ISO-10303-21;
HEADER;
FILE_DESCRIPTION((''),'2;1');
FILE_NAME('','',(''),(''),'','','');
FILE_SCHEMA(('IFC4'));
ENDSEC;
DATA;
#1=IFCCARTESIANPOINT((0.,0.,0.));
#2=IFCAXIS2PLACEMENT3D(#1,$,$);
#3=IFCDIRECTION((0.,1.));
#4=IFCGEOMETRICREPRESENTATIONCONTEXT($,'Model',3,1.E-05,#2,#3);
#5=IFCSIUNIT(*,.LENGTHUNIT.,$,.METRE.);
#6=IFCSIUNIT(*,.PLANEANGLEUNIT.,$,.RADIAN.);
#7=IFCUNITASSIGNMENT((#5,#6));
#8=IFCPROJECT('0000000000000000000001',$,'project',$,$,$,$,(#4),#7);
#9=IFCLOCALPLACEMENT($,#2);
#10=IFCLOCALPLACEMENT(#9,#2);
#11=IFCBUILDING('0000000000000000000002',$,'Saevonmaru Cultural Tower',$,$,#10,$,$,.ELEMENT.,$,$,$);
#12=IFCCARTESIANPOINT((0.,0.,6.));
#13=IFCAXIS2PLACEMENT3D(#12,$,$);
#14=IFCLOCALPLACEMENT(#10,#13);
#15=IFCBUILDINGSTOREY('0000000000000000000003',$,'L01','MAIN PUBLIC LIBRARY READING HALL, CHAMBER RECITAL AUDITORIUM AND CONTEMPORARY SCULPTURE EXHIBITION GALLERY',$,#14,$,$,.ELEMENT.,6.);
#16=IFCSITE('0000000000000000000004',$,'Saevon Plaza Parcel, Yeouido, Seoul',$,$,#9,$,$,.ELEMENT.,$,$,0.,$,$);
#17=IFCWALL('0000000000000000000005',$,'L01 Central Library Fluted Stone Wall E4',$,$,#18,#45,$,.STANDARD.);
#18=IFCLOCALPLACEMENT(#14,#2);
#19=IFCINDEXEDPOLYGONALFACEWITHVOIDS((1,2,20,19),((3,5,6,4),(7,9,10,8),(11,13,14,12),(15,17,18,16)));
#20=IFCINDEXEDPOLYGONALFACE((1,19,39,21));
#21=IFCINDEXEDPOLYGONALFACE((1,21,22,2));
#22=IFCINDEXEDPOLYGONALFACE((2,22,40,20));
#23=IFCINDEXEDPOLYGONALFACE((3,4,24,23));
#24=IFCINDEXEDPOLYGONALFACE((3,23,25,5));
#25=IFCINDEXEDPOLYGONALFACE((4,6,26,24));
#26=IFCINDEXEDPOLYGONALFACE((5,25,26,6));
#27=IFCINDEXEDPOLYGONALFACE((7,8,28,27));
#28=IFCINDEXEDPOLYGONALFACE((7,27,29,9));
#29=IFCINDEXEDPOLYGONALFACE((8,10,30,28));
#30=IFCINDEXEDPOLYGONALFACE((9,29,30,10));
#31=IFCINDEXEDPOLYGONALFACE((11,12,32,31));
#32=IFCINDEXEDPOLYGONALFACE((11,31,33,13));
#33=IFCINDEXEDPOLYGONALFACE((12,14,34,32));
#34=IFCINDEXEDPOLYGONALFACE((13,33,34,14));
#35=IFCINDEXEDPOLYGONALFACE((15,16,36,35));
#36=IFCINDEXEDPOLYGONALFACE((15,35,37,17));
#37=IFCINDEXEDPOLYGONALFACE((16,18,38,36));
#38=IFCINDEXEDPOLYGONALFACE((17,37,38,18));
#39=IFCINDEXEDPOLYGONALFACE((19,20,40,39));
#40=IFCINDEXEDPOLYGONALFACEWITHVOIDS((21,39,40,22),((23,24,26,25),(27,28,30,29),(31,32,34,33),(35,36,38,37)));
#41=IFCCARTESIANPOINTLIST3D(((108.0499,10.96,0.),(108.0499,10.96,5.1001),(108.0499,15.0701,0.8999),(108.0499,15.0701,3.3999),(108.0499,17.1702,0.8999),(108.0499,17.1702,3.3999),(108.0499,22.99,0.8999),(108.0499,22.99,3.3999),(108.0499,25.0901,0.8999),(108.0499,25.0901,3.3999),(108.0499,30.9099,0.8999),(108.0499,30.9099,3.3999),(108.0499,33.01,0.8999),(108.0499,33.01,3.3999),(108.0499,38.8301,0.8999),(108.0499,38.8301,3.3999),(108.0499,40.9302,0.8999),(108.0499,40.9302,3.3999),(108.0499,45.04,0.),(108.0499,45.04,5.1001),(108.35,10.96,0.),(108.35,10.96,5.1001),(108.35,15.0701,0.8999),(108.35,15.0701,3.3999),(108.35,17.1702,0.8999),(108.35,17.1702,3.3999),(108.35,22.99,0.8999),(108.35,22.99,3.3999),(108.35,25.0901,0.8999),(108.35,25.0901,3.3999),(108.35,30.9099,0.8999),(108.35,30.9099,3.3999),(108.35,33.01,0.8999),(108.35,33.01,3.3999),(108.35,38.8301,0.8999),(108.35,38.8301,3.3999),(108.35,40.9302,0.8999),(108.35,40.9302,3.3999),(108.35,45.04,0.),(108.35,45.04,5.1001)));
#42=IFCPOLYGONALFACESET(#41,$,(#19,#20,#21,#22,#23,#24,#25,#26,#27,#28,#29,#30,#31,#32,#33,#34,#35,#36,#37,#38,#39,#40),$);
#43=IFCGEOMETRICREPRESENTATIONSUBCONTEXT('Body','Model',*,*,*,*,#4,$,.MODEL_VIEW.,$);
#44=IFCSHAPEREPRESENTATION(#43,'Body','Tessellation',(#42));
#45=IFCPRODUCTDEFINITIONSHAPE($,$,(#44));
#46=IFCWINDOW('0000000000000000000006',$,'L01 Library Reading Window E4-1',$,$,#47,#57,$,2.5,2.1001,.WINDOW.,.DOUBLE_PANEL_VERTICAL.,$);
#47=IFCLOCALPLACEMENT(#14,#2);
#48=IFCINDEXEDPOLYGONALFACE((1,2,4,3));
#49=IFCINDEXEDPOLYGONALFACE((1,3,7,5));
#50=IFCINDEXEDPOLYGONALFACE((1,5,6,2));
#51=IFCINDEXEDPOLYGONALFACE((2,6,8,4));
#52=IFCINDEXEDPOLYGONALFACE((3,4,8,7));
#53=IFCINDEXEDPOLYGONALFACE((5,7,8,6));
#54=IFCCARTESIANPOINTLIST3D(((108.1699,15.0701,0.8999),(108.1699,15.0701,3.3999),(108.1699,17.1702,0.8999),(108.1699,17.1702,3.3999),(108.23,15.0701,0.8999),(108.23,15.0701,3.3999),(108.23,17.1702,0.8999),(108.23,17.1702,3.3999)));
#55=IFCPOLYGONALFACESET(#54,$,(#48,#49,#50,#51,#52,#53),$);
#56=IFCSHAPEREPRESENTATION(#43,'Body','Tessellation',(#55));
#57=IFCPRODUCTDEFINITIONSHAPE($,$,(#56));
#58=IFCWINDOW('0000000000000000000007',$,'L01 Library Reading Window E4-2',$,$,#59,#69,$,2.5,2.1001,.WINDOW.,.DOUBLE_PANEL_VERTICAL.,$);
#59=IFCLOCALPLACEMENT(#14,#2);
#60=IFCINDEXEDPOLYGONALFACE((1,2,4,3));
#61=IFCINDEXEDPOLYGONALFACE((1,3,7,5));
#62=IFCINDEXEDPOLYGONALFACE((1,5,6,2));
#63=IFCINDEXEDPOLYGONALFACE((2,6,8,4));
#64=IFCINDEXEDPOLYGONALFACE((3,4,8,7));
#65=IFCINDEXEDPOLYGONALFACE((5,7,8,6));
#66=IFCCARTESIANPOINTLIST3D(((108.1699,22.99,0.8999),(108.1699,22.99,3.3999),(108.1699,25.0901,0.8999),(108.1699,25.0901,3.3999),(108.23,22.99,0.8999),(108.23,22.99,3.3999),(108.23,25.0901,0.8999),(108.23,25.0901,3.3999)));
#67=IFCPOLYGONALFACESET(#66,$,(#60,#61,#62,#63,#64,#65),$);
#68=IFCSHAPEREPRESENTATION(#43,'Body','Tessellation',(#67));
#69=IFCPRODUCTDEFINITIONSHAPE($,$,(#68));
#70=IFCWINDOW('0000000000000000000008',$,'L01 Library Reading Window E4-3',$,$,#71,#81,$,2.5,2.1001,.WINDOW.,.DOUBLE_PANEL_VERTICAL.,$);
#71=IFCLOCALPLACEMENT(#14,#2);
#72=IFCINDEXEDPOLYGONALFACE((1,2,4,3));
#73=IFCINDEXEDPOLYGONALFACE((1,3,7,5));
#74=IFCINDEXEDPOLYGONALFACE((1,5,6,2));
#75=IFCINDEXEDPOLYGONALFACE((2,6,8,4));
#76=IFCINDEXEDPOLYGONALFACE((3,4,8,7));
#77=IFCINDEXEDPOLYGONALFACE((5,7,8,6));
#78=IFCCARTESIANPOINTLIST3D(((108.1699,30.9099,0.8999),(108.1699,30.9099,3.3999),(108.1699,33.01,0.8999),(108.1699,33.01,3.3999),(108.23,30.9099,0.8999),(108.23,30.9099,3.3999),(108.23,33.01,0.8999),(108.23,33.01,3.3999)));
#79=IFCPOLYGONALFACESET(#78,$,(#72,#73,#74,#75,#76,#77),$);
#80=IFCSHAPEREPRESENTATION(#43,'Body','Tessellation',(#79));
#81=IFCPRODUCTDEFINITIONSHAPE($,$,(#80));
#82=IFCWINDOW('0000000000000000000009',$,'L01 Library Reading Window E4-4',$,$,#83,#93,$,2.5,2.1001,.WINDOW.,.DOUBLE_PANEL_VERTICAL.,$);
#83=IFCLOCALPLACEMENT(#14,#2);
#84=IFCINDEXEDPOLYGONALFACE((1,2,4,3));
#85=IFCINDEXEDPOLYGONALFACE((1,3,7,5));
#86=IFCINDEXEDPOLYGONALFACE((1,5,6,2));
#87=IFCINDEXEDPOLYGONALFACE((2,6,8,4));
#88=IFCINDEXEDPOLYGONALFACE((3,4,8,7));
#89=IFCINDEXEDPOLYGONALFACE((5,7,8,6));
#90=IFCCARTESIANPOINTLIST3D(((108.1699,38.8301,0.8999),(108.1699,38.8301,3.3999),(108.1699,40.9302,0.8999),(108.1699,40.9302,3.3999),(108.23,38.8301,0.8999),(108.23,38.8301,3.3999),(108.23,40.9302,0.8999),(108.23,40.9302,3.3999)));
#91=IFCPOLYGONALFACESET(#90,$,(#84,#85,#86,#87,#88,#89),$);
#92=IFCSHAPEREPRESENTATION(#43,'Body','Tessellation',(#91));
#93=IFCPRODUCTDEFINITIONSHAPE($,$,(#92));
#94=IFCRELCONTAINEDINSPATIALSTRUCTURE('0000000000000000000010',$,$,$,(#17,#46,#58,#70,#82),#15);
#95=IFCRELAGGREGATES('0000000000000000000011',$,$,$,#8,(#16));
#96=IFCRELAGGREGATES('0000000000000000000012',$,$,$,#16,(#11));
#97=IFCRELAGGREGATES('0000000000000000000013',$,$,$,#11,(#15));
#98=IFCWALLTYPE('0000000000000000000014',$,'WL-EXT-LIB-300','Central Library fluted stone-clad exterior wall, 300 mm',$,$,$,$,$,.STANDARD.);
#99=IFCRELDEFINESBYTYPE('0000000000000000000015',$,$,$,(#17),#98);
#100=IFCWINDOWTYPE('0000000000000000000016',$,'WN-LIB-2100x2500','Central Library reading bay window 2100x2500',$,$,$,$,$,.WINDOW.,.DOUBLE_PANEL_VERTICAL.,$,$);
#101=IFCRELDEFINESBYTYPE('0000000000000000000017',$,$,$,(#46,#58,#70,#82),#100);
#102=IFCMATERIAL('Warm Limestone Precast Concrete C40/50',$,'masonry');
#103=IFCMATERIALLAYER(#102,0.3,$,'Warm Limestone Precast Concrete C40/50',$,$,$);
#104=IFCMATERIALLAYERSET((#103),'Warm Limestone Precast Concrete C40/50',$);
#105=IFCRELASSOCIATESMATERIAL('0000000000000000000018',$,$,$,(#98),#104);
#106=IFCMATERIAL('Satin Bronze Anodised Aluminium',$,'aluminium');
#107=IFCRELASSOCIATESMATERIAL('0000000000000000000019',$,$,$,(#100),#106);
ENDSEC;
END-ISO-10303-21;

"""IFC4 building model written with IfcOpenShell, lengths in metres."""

from ifc_helpers import new_model, si_unit, direction, frame, frame_2d, origin, place, context, subcontext, project, spatial, rectangle, extrude, material, layer, layer_set, type_object, element, fill, save


model = new_model("IFC4")

# Units and contexts
model_context = context("Model", 3, precision=1e-05, world=origin(), true_north=direction((0.0, 1.0)))
body_context = subcontext(model_context, "Body", "Model", "MODEL_VIEW")
ifc_project = project(units=[si_unit("LENGTHUNIT", "METRE"), si_unit("PLANEANGLEUNIT", "RADIAN")], contexts=[model_context])

# Site, building, storey
site_placement = place(None, origin())
site = spatial("IfcSite", under=ifc_project, at=site_placement, Name="Saevon Plaza Parcel, Yeouido, Seoul", CompositionType="ELEMENT", RefElevation=0.0)
building_placement = place(site_placement, origin())
building = spatial("IfcBuilding", under=site, at=building_placement, Name="Saevonmaru Cultural Tower", CompositionType="ELEMENT")
storey_placement = place(building_placement, frame((0.0, 0.0, 6.0)))
storey = spatial("IfcBuildingStorey", under=building, at=storey_placement, Name="L01", Description="MAIN PUBLIC LIBRARY READING HALL, CHAMBER RECITAL AUDITORIUM AND CONTEMPORARY SCULPTURE EXHIBITION GALLERY", CompositionType="ELEMENT", Elevation=6.0)

# Shared definitions
ifc_material_1 = material(Name="Warm Limestone Precast Concrete C40/50", Category="masonry")
ifc_layer = layer(ifc_material_1, 0.3, Name="Warm Limestone Precast Concrete C40/50")
ifc_layer_set = layer_set([ifc_layer], Name="Warm Limestone Precast Concrete C40/50")
wall_type = type_object("IfcWallType", Name="WL-EXT-LIB-300", Description="Central Library fluted stone-clad exterior wall, 300 mm", PredefinedType="STANDARD", material=ifc_layer_set)

# Wall, openings, windows
wall_1_placement = place(storey_placement, frame((108.2, 10.96, 0.0), z_axis=(0.0, 0.0, 1.0), x_axis=(0.0, 1.0, 0.0)))
wall_1 = element("IfcWall", 1, at=wall_1_placement, inside=storey, type_object=wall_type, Name="L01 Central Library Fluted Stone Wall E4", PredefinedType="STANDARD", context=body_context, shape_type="SweptSolid", body=[
    extrude(rectangle(XDim=34.0801, YDim=0.3, at=frame_2d((17.04, 0.0))), origin(), (0.0, 0.0, 1.0), 5.1001),
])
opening_1_placement = place(wall_1_placement, frame((4.1101, 0.0, 0.8999)))
opening_1 = element("IfcOpeningElement", 2, at=opening_1_placement, cuts=wall_1, PredefinedType="OPENING", context=body_context, shape_type="SweptSolid", body=[
    extrude(rectangle(XDim=2.1001, YDim=2.5, at=frame_2d((1.05, 1.25))), frame((0.0, 0.1602, 0.0), z_axis=(0.0, -1.0, 0.0), x_axis=(1.0, 0.0, 0.0)), (0.0, 0.0, 1.0), 0.3201),
])
opening_2_placement = place(wall_1_placement, frame((12.03, 0.0, 0.8999)))
opening_2 = element("IfcOpeningElement", 3, at=opening_2_placement, cuts=wall_1, PredefinedType="OPENING", context=body_context, shape_type="SweptSolid", body=[
    extrude(rectangle(XDim=2.1001, YDim=2.5, at=frame_2d((1.05, 1.25))), frame((0.0, 0.1602, 0.0), z_axis=(0.0, -1.0, 0.0), x_axis=(1.0, 0.0, 0.0)), (0.0, 0.0, 1.0), 0.3201),
])
opening_3_placement = place(wall_1_placement, frame((19.95, 0.0, 0.8999)))
opening_3 = element("IfcOpeningElement", 4, at=opening_3_placement, cuts=wall_1, PredefinedType="OPENING", context=body_context, shape_type="SweptSolid", body=[
    extrude(rectangle(XDim=2.1001, YDim=2.5, at=frame_2d((1.05, 1.25))), frame((0.0, 0.1602, 0.0), z_axis=(0.0, -1.0, 0.0), x_axis=(1.0, 0.0, 0.0)), (0.0, 0.0, 1.0), 0.3201),
])
opening_4_placement = place(wall_1_placement, frame((27.8701, 0.0, 0.8999)))
opening_4 = element("IfcOpeningElement", 5, at=opening_4_placement, cuts=wall_1, PredefinedType="OPENING", context=body_context, shape_type="SweptSolid", body=[
    extrude(rectangle(XDim=2.1001, YDim=2.5, at=frame_2d((1.05, 1.25))), frame((0.0, 0.1602, 0.0), z_axis=(0.0, -1.0, 0.0), x_axis=(1.0, 0.0, 0.0)), (0.0, 0.0, 1.0), 0.3201),
])
ifc_material_2 = material(Name="Satin Bronze Anodised Aluminium", Category="aluminium")
window_type = type_object("IfcWindowType", Name="WN-LIB-2100x2500", Description="Central Library reading bay window 2100x2500", PartitioningType="DOUBLE_PANEL_VERTICAL", PredefinedType="WINDOW", material=ifc_material_2)
window_1_placement = place(opening_1_placement, origin())
window_1 = element("IfcWindow", 6, at=window_1_placement, inside=storey, type_object=window_type, Name="L01 Library Reading Window E4-1", OverallHeight=2.5, OverallWidth=2.1001, PartitioningType="DOUBLE_PANEL_VERTICAL", PredefinedType="WINDOW", context=body_context, shape_type="SweptSolid", body=[
    extrude(rectangle(XDim=2.1001, YDim=2.5, at=frame_2d((1.05, 1.25))), frame((0.0, 0.03, 0.0), z_axis=(0.0, -1.0, 0.0), x_axis=(1.0, 0.0, 0.0)), (0.0, 0.0, 1.0), 0.0601),
])
fill(opening_1, window_1)
window_2_placement = place(opening_2_placement, origin())
window_2 = element("IfcWindow", 7, at=window_2_placement, inside=storey, type_object=window_type, Name="L01 Library Reading Window E4-2", OverallHeight=2.5, OverallWidth=2.1001, PartitioningType="DOUBLE_PANEL_VERTICAL", PredefinedType="WINDOW", context=body_context, shape_type="SweptSolid", body=[
    extrude(rectangle(XDim=2.1001, YDim=2.5, at=frame_2d((1.05, 1.25))), frame((0.0, 0.03, 0.0), z_axis=(0.0, -1.0, 0.0), x_axis=(1.0, 0.0, 0.0)), (0.0, 0.0, 1.0), 0.0601),
])
fill(opening_2, window_2)
window_3_placement = place(opening_3_placement, origin())
window_3 = element("IfcWindow", 8, at=window_3_placement, inside=storey, type_object=window_type, Name="L01 Library Reading Window E4-3", OverallHeight=2.5, OverallWidth=2.1001, PartitioningType="DOUBLE_PANEL_VERTICAL", PredefinedType="WINDOW", context=body_context, shape_type="SweptSolid", body=[
    extrude(rectangle(XDim=2.1001, YDim=2.5, at=frame_2d((1.05, 1.25))), frame((0.0, 0.03, 0.0), z_axis=(0.0, -1.0, 0.0), x_axis=(1.0, 0.0, 0.0)), (0.0, 0.0, 1.0), 0.0601),
])
fill(opening_3, window_3)
window_4_placement = place(opening_4_placement, origin())
window_4 = element("IfcWindow", 9, at=window_4_placement, inside=storey, type_object=window_type, Name="L01 Library Reading Window E4-4", OverallHeight=2.5, OverallWidth=2.1001, PartitioningType="DOUBLE_PANEL_VERTICAL", PredefinedType="WINDOW", context=body_context, shape_type="SweptSolid", body=[
    extrude(rectangle(XDim=2.1001, YDim=2.5, at=frame_2d((1.05, 1.25))), frame((0.0, 0.03, 0.0), z_axis=(0.0, -1.0, 0.0), x_axis=(1.0, 0.0, 0.0)), (0.0, 0.0, 1.0), 0.0601),
])
fill(opening_4, window_4)

save(model, "model.ifc")
